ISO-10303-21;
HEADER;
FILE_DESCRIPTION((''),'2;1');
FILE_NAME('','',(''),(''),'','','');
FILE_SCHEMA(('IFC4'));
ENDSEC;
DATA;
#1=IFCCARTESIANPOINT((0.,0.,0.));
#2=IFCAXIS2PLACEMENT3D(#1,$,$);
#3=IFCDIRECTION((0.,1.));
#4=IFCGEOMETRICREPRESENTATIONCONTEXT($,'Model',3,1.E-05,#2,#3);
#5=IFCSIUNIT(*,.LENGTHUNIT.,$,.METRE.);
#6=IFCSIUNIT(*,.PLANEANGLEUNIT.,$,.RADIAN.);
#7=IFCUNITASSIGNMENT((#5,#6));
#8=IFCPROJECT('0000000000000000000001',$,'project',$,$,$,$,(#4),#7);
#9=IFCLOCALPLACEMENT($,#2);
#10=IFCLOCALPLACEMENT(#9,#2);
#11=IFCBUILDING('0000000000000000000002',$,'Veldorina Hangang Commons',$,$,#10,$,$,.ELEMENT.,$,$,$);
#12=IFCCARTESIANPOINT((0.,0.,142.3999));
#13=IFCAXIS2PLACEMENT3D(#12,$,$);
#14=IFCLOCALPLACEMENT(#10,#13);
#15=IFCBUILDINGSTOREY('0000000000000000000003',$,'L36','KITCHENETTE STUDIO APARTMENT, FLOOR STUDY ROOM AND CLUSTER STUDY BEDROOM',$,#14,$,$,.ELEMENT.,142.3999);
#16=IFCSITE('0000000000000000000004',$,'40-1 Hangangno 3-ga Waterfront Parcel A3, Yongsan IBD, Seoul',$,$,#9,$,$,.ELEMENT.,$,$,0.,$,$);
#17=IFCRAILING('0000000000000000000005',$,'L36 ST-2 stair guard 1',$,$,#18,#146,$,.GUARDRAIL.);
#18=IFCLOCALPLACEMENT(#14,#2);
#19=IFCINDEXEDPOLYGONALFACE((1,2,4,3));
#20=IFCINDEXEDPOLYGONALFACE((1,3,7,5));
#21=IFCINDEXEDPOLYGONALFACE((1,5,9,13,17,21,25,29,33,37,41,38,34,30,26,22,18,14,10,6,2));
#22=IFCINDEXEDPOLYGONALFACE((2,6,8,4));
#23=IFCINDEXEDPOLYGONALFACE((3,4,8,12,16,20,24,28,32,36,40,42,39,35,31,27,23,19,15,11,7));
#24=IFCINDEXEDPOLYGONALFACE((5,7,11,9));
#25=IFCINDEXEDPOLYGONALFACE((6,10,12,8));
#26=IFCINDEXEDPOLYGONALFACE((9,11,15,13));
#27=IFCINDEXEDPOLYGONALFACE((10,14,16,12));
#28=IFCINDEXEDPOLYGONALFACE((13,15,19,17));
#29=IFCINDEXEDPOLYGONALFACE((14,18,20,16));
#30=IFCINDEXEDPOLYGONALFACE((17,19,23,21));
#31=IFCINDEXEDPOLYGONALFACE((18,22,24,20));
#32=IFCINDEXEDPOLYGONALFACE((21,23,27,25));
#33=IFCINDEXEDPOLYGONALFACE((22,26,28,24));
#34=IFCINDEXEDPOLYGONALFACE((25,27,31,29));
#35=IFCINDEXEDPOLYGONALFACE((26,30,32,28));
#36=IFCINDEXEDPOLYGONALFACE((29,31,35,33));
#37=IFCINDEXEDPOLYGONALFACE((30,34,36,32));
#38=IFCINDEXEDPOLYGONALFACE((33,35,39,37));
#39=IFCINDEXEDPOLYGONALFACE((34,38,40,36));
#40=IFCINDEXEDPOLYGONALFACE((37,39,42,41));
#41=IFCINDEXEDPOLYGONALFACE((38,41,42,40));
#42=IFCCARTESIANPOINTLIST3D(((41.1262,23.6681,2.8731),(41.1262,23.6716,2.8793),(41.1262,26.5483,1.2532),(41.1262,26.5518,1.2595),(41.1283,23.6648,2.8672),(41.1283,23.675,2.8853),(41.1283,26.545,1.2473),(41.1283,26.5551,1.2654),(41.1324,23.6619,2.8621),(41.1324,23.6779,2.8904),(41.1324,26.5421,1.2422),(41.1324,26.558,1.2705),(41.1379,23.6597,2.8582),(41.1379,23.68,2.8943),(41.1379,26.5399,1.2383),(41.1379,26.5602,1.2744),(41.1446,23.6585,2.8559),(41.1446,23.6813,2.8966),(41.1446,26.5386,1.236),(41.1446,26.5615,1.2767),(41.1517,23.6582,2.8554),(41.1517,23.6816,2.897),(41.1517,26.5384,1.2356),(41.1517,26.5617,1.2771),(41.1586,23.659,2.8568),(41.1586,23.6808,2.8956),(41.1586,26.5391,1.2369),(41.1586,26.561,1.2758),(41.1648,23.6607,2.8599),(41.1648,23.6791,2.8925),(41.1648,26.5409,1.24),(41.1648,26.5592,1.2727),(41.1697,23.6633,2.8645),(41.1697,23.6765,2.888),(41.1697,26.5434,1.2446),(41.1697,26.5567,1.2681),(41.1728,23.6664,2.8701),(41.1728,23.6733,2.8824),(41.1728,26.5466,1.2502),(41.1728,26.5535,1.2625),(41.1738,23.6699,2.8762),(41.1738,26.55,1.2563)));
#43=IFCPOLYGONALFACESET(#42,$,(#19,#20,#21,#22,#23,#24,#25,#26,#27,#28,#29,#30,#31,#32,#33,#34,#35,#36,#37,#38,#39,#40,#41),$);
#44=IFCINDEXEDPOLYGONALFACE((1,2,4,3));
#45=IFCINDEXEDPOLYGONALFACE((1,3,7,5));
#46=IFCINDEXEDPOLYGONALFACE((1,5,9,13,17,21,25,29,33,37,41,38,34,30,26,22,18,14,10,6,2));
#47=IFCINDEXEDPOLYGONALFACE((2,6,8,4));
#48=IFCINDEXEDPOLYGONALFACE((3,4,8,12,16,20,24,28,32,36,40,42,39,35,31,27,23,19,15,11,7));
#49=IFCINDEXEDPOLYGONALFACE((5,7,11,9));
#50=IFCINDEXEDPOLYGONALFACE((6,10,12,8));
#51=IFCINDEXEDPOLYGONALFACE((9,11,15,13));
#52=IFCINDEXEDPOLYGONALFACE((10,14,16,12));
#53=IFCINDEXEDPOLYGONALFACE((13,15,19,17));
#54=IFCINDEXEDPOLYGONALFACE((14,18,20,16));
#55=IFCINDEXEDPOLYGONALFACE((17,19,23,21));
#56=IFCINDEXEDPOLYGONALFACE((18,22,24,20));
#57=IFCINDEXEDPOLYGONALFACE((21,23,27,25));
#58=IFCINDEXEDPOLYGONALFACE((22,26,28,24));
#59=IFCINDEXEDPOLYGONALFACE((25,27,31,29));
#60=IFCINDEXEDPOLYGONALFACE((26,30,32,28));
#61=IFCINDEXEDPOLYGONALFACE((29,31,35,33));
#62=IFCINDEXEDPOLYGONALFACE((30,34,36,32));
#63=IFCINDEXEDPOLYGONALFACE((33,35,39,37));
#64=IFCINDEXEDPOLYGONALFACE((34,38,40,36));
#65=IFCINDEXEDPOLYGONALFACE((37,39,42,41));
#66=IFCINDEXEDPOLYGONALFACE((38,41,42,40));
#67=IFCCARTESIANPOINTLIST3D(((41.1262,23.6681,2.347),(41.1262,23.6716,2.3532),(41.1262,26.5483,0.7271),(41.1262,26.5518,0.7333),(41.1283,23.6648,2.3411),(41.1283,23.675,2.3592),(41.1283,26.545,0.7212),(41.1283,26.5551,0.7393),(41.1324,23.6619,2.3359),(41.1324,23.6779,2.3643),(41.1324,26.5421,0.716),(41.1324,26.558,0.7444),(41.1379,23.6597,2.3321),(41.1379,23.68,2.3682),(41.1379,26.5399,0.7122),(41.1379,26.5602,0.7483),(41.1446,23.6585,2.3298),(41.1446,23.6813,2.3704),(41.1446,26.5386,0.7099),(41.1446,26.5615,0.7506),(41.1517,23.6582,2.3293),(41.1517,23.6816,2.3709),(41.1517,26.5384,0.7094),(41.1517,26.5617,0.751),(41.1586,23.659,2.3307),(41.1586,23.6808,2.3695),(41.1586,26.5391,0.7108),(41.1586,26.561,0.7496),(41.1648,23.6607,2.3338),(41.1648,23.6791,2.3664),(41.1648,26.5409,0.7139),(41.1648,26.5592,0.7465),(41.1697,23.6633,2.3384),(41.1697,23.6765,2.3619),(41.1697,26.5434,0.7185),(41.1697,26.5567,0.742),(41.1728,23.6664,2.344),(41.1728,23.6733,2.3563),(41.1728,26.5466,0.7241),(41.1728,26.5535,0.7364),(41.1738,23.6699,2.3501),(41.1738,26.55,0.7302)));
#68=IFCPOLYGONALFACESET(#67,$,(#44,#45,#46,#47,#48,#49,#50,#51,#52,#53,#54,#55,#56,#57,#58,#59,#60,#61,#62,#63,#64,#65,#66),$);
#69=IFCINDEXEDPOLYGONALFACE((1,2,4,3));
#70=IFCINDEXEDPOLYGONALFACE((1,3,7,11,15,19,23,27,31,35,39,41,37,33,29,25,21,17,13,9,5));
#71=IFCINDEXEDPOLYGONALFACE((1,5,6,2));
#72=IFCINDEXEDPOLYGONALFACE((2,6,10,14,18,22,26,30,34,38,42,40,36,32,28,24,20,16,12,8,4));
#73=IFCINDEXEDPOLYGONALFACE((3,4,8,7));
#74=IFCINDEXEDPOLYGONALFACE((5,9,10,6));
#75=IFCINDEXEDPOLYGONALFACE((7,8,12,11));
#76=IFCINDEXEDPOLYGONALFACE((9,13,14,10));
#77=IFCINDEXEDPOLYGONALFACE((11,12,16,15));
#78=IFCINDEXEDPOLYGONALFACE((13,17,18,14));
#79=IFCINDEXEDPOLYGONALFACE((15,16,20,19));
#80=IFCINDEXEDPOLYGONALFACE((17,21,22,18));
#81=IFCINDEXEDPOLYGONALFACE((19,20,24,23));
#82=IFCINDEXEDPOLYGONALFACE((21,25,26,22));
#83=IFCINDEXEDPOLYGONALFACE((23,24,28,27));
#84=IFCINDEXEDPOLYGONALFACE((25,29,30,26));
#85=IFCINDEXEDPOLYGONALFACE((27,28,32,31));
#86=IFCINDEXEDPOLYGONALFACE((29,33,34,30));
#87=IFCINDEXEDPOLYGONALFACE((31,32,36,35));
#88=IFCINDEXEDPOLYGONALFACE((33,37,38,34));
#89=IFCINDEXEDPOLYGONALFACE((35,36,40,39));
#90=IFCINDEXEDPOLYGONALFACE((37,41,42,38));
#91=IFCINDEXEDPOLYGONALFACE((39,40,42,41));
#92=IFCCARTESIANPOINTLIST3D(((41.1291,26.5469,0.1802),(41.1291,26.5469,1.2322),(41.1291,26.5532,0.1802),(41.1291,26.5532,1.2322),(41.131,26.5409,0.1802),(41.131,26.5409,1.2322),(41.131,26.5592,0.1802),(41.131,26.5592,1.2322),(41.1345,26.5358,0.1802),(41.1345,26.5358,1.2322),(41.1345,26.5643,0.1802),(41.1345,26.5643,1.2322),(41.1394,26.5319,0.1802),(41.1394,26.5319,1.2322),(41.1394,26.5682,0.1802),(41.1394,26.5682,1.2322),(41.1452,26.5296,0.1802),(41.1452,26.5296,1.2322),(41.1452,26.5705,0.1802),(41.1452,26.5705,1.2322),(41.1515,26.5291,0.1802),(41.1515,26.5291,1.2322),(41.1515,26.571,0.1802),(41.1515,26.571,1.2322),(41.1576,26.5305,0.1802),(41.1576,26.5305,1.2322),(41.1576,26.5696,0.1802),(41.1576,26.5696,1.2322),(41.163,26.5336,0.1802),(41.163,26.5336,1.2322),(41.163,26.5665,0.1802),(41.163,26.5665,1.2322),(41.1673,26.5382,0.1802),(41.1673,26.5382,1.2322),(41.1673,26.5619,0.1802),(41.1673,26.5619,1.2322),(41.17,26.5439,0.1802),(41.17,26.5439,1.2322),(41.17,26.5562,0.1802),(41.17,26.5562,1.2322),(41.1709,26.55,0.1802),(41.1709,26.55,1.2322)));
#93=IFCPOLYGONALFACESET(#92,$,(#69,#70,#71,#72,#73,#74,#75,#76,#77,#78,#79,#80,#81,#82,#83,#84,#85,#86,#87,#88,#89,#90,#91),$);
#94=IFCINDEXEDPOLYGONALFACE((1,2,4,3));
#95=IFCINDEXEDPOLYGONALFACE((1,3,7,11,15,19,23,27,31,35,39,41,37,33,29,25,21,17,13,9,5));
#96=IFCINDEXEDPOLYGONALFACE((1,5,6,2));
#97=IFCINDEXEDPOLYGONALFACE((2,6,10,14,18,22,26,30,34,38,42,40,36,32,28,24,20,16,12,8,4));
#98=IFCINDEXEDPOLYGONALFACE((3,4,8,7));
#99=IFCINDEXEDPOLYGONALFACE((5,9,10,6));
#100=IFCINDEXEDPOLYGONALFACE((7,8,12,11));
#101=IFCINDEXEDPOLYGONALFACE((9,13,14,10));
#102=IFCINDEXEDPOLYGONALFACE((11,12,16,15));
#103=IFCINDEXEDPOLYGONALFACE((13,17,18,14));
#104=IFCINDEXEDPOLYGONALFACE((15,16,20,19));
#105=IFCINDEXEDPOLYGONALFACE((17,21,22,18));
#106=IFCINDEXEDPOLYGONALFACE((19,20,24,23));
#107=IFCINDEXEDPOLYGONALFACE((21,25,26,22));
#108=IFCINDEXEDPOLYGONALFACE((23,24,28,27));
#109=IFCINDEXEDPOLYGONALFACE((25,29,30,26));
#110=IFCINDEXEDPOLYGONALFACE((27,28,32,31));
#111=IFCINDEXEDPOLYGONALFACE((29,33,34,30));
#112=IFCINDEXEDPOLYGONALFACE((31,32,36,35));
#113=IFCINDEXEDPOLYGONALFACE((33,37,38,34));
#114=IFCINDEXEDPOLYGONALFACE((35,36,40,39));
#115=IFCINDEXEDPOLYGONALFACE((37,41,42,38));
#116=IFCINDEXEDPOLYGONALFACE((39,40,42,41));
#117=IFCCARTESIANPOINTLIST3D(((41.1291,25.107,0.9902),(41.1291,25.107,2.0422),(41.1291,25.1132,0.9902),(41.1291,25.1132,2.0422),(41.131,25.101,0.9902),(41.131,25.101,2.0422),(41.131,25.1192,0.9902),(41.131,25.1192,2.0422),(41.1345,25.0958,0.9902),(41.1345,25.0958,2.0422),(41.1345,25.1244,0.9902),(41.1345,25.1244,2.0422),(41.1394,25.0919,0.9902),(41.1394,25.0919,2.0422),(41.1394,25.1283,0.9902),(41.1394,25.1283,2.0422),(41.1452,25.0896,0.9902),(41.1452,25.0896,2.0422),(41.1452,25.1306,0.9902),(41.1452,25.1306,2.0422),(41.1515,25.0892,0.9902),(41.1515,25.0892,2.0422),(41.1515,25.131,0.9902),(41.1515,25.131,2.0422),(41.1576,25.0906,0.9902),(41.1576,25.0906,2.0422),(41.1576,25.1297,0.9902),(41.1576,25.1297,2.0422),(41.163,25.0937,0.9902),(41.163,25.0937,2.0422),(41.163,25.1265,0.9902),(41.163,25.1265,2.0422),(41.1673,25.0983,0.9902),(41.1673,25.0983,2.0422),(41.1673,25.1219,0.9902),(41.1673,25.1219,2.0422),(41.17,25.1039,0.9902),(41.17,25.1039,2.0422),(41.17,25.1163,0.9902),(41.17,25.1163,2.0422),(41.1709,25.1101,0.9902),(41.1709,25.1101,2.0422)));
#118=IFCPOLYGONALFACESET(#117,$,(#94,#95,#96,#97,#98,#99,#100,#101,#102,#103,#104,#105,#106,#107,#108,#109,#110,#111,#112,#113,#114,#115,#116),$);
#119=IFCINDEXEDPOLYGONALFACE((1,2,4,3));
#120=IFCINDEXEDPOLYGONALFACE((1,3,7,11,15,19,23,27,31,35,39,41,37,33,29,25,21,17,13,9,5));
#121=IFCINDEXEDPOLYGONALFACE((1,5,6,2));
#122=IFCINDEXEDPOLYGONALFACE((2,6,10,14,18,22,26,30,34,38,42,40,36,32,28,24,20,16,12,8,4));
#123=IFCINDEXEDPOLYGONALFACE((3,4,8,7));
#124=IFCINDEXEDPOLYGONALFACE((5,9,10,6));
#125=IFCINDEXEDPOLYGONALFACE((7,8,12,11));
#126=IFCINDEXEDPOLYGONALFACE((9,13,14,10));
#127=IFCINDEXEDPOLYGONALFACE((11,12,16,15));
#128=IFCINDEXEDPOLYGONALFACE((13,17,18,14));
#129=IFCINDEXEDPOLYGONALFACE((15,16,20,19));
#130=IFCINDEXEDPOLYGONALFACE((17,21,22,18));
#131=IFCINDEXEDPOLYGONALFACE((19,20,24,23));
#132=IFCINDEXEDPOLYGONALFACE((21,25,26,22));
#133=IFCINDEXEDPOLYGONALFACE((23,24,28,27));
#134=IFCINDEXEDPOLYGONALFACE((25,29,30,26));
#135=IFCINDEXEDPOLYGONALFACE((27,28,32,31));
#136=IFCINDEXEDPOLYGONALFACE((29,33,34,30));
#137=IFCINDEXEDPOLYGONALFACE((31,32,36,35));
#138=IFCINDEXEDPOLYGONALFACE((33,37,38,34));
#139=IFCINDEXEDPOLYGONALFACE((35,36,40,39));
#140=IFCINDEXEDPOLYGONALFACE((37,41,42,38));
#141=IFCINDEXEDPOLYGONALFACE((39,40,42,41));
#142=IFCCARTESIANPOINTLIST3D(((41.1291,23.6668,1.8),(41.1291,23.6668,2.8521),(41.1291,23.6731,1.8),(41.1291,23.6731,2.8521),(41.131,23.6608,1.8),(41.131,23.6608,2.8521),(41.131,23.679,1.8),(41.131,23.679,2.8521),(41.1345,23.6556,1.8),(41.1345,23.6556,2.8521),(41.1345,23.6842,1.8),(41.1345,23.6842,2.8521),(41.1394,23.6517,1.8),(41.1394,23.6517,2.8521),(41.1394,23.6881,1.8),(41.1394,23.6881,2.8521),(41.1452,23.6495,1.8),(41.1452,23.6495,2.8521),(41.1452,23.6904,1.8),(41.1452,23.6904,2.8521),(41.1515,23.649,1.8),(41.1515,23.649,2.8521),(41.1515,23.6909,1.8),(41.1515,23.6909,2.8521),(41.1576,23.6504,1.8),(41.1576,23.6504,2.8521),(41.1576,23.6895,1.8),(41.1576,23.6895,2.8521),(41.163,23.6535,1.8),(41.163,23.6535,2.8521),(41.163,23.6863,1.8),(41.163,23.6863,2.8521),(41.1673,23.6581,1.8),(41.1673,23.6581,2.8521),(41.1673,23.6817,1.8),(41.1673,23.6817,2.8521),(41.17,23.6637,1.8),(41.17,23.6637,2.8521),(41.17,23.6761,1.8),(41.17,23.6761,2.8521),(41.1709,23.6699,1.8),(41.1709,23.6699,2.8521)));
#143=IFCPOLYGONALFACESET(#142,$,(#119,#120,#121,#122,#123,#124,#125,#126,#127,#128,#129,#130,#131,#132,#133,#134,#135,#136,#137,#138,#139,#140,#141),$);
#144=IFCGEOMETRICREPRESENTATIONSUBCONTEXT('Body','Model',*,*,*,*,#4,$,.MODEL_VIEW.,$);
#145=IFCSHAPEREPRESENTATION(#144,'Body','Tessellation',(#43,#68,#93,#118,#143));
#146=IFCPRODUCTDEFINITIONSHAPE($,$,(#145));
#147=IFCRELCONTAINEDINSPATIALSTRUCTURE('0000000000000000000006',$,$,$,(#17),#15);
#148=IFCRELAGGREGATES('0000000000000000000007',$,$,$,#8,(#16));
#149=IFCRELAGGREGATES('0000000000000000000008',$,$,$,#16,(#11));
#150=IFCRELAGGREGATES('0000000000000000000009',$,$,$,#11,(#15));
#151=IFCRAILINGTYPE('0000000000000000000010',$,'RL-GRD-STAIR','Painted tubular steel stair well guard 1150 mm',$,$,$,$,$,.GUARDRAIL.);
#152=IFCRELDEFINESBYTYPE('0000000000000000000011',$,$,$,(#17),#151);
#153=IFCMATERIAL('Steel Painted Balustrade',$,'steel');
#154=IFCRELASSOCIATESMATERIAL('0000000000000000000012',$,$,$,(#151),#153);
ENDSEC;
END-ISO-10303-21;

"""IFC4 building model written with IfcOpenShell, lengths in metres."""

from ifc_helpers import new_model, si_unit, direction, frame, origin, origin_2d, place, context, subcontext, project, spatial, circle, extrude, material, type_object, element, save


model = new_model("IFC4")

# Units and contexts
model_context = context("Model", 3, precision=1e-05, world=origin(), true_north=direction((0.0, 1.0)))
body_context = subcontext(model_context, "Body", "Model", "MODEL_VIEW")
ifc_project = project(units=[si_unit("LENGTHUNIT", "METRE"), si_unit("PLANEANGLEUNIT", "RADIAN")], contexts=[model_context])

# Site, building, storey
site_placement = place(None, origin())
site = spatial("IfcSite", under=ifc_project, at=site_placement, Name="40-1 Hangangno 3-ga Waterfront Parcel A3, Yongsan IBD, Seoul", CompositionType="ELEMENT", RefElevation=0.0)
building_placement = place(site_placement, origin())
building = spatial("IfcBuilding", under=site, at=building_placement, Name="Veldorina Hangang Commons", CompositionType="ELEMENT")
storey_placement = place(building_placement, frame((0.0, 0.0, 142.3999)))
storey = spatial("IfcBuildingStorey", under=building, at=storey_placement, Name="L36", Description="KITCHENETTE STUDIO APARTMENT, FLOOR STUDY ROOM AND CLUSTER STUDY BEDROOM", CompositionType="ELEMENT", Elevation=142.3999)

# Railing
ifc_material_1 = material(Name="Steel Painted Balustrade", Category="steel")
railing_type_1 = type_object("IfcRailingType", Name="RL-GRD-STAIR", Description="Painted tubular steel stair well guard 1150 mm", PredefinedType="GUARDRAIL", material=ifc_material_1)
railing_1_placement = place(storey_placement, frame((41.1499, 26.55, 0.1802)))
element("IfcRailing", 1, at=railing_1_placement, inside=storey, type_object=railing_type_1, Name="L36 ST-2 stair guard 1", PredefinedType="GUARDRAIL", context=body_context, shape_type="SweptSolid", body=[
    extrude(circle(Radius=0.0239, at=origin_2d()), frame((0.0, 0.0, 1.0762), z_axis=(0.0, -0.871601, 0.490216), x_axis=(1.0, 0.0, 0.0)), (0.0, 0.0, 1.0), 3.3044),
    extrude(circle(Radius=0.0239, at=origin_2d()), frame((0.0, 0.0, 0.55), z_axis=(0.0, -0.871601, 0.490216), x_axis=(1.0, 0.0, 0.0)), (0.0, 0.0, 1.0), 3.3044),
    extrude(circle(Radius=0.021, at=origin_2d()), origin(), (0.0, 0.0, 1.0), 1.052),
    extrude(circle(Radius=0.021, at=origin_2d()), frame((0.0, -1.4399, 0.8101)), (0.0, 0.0, 1.0), 1.052),
    extrude(circle(Radius=0.021, at=origin_2d()), frame((0.0, -2.8801, 1.6199)), (0.0, 0.0, 1.0), 1.052),
])

save(model, "model.ifc")
